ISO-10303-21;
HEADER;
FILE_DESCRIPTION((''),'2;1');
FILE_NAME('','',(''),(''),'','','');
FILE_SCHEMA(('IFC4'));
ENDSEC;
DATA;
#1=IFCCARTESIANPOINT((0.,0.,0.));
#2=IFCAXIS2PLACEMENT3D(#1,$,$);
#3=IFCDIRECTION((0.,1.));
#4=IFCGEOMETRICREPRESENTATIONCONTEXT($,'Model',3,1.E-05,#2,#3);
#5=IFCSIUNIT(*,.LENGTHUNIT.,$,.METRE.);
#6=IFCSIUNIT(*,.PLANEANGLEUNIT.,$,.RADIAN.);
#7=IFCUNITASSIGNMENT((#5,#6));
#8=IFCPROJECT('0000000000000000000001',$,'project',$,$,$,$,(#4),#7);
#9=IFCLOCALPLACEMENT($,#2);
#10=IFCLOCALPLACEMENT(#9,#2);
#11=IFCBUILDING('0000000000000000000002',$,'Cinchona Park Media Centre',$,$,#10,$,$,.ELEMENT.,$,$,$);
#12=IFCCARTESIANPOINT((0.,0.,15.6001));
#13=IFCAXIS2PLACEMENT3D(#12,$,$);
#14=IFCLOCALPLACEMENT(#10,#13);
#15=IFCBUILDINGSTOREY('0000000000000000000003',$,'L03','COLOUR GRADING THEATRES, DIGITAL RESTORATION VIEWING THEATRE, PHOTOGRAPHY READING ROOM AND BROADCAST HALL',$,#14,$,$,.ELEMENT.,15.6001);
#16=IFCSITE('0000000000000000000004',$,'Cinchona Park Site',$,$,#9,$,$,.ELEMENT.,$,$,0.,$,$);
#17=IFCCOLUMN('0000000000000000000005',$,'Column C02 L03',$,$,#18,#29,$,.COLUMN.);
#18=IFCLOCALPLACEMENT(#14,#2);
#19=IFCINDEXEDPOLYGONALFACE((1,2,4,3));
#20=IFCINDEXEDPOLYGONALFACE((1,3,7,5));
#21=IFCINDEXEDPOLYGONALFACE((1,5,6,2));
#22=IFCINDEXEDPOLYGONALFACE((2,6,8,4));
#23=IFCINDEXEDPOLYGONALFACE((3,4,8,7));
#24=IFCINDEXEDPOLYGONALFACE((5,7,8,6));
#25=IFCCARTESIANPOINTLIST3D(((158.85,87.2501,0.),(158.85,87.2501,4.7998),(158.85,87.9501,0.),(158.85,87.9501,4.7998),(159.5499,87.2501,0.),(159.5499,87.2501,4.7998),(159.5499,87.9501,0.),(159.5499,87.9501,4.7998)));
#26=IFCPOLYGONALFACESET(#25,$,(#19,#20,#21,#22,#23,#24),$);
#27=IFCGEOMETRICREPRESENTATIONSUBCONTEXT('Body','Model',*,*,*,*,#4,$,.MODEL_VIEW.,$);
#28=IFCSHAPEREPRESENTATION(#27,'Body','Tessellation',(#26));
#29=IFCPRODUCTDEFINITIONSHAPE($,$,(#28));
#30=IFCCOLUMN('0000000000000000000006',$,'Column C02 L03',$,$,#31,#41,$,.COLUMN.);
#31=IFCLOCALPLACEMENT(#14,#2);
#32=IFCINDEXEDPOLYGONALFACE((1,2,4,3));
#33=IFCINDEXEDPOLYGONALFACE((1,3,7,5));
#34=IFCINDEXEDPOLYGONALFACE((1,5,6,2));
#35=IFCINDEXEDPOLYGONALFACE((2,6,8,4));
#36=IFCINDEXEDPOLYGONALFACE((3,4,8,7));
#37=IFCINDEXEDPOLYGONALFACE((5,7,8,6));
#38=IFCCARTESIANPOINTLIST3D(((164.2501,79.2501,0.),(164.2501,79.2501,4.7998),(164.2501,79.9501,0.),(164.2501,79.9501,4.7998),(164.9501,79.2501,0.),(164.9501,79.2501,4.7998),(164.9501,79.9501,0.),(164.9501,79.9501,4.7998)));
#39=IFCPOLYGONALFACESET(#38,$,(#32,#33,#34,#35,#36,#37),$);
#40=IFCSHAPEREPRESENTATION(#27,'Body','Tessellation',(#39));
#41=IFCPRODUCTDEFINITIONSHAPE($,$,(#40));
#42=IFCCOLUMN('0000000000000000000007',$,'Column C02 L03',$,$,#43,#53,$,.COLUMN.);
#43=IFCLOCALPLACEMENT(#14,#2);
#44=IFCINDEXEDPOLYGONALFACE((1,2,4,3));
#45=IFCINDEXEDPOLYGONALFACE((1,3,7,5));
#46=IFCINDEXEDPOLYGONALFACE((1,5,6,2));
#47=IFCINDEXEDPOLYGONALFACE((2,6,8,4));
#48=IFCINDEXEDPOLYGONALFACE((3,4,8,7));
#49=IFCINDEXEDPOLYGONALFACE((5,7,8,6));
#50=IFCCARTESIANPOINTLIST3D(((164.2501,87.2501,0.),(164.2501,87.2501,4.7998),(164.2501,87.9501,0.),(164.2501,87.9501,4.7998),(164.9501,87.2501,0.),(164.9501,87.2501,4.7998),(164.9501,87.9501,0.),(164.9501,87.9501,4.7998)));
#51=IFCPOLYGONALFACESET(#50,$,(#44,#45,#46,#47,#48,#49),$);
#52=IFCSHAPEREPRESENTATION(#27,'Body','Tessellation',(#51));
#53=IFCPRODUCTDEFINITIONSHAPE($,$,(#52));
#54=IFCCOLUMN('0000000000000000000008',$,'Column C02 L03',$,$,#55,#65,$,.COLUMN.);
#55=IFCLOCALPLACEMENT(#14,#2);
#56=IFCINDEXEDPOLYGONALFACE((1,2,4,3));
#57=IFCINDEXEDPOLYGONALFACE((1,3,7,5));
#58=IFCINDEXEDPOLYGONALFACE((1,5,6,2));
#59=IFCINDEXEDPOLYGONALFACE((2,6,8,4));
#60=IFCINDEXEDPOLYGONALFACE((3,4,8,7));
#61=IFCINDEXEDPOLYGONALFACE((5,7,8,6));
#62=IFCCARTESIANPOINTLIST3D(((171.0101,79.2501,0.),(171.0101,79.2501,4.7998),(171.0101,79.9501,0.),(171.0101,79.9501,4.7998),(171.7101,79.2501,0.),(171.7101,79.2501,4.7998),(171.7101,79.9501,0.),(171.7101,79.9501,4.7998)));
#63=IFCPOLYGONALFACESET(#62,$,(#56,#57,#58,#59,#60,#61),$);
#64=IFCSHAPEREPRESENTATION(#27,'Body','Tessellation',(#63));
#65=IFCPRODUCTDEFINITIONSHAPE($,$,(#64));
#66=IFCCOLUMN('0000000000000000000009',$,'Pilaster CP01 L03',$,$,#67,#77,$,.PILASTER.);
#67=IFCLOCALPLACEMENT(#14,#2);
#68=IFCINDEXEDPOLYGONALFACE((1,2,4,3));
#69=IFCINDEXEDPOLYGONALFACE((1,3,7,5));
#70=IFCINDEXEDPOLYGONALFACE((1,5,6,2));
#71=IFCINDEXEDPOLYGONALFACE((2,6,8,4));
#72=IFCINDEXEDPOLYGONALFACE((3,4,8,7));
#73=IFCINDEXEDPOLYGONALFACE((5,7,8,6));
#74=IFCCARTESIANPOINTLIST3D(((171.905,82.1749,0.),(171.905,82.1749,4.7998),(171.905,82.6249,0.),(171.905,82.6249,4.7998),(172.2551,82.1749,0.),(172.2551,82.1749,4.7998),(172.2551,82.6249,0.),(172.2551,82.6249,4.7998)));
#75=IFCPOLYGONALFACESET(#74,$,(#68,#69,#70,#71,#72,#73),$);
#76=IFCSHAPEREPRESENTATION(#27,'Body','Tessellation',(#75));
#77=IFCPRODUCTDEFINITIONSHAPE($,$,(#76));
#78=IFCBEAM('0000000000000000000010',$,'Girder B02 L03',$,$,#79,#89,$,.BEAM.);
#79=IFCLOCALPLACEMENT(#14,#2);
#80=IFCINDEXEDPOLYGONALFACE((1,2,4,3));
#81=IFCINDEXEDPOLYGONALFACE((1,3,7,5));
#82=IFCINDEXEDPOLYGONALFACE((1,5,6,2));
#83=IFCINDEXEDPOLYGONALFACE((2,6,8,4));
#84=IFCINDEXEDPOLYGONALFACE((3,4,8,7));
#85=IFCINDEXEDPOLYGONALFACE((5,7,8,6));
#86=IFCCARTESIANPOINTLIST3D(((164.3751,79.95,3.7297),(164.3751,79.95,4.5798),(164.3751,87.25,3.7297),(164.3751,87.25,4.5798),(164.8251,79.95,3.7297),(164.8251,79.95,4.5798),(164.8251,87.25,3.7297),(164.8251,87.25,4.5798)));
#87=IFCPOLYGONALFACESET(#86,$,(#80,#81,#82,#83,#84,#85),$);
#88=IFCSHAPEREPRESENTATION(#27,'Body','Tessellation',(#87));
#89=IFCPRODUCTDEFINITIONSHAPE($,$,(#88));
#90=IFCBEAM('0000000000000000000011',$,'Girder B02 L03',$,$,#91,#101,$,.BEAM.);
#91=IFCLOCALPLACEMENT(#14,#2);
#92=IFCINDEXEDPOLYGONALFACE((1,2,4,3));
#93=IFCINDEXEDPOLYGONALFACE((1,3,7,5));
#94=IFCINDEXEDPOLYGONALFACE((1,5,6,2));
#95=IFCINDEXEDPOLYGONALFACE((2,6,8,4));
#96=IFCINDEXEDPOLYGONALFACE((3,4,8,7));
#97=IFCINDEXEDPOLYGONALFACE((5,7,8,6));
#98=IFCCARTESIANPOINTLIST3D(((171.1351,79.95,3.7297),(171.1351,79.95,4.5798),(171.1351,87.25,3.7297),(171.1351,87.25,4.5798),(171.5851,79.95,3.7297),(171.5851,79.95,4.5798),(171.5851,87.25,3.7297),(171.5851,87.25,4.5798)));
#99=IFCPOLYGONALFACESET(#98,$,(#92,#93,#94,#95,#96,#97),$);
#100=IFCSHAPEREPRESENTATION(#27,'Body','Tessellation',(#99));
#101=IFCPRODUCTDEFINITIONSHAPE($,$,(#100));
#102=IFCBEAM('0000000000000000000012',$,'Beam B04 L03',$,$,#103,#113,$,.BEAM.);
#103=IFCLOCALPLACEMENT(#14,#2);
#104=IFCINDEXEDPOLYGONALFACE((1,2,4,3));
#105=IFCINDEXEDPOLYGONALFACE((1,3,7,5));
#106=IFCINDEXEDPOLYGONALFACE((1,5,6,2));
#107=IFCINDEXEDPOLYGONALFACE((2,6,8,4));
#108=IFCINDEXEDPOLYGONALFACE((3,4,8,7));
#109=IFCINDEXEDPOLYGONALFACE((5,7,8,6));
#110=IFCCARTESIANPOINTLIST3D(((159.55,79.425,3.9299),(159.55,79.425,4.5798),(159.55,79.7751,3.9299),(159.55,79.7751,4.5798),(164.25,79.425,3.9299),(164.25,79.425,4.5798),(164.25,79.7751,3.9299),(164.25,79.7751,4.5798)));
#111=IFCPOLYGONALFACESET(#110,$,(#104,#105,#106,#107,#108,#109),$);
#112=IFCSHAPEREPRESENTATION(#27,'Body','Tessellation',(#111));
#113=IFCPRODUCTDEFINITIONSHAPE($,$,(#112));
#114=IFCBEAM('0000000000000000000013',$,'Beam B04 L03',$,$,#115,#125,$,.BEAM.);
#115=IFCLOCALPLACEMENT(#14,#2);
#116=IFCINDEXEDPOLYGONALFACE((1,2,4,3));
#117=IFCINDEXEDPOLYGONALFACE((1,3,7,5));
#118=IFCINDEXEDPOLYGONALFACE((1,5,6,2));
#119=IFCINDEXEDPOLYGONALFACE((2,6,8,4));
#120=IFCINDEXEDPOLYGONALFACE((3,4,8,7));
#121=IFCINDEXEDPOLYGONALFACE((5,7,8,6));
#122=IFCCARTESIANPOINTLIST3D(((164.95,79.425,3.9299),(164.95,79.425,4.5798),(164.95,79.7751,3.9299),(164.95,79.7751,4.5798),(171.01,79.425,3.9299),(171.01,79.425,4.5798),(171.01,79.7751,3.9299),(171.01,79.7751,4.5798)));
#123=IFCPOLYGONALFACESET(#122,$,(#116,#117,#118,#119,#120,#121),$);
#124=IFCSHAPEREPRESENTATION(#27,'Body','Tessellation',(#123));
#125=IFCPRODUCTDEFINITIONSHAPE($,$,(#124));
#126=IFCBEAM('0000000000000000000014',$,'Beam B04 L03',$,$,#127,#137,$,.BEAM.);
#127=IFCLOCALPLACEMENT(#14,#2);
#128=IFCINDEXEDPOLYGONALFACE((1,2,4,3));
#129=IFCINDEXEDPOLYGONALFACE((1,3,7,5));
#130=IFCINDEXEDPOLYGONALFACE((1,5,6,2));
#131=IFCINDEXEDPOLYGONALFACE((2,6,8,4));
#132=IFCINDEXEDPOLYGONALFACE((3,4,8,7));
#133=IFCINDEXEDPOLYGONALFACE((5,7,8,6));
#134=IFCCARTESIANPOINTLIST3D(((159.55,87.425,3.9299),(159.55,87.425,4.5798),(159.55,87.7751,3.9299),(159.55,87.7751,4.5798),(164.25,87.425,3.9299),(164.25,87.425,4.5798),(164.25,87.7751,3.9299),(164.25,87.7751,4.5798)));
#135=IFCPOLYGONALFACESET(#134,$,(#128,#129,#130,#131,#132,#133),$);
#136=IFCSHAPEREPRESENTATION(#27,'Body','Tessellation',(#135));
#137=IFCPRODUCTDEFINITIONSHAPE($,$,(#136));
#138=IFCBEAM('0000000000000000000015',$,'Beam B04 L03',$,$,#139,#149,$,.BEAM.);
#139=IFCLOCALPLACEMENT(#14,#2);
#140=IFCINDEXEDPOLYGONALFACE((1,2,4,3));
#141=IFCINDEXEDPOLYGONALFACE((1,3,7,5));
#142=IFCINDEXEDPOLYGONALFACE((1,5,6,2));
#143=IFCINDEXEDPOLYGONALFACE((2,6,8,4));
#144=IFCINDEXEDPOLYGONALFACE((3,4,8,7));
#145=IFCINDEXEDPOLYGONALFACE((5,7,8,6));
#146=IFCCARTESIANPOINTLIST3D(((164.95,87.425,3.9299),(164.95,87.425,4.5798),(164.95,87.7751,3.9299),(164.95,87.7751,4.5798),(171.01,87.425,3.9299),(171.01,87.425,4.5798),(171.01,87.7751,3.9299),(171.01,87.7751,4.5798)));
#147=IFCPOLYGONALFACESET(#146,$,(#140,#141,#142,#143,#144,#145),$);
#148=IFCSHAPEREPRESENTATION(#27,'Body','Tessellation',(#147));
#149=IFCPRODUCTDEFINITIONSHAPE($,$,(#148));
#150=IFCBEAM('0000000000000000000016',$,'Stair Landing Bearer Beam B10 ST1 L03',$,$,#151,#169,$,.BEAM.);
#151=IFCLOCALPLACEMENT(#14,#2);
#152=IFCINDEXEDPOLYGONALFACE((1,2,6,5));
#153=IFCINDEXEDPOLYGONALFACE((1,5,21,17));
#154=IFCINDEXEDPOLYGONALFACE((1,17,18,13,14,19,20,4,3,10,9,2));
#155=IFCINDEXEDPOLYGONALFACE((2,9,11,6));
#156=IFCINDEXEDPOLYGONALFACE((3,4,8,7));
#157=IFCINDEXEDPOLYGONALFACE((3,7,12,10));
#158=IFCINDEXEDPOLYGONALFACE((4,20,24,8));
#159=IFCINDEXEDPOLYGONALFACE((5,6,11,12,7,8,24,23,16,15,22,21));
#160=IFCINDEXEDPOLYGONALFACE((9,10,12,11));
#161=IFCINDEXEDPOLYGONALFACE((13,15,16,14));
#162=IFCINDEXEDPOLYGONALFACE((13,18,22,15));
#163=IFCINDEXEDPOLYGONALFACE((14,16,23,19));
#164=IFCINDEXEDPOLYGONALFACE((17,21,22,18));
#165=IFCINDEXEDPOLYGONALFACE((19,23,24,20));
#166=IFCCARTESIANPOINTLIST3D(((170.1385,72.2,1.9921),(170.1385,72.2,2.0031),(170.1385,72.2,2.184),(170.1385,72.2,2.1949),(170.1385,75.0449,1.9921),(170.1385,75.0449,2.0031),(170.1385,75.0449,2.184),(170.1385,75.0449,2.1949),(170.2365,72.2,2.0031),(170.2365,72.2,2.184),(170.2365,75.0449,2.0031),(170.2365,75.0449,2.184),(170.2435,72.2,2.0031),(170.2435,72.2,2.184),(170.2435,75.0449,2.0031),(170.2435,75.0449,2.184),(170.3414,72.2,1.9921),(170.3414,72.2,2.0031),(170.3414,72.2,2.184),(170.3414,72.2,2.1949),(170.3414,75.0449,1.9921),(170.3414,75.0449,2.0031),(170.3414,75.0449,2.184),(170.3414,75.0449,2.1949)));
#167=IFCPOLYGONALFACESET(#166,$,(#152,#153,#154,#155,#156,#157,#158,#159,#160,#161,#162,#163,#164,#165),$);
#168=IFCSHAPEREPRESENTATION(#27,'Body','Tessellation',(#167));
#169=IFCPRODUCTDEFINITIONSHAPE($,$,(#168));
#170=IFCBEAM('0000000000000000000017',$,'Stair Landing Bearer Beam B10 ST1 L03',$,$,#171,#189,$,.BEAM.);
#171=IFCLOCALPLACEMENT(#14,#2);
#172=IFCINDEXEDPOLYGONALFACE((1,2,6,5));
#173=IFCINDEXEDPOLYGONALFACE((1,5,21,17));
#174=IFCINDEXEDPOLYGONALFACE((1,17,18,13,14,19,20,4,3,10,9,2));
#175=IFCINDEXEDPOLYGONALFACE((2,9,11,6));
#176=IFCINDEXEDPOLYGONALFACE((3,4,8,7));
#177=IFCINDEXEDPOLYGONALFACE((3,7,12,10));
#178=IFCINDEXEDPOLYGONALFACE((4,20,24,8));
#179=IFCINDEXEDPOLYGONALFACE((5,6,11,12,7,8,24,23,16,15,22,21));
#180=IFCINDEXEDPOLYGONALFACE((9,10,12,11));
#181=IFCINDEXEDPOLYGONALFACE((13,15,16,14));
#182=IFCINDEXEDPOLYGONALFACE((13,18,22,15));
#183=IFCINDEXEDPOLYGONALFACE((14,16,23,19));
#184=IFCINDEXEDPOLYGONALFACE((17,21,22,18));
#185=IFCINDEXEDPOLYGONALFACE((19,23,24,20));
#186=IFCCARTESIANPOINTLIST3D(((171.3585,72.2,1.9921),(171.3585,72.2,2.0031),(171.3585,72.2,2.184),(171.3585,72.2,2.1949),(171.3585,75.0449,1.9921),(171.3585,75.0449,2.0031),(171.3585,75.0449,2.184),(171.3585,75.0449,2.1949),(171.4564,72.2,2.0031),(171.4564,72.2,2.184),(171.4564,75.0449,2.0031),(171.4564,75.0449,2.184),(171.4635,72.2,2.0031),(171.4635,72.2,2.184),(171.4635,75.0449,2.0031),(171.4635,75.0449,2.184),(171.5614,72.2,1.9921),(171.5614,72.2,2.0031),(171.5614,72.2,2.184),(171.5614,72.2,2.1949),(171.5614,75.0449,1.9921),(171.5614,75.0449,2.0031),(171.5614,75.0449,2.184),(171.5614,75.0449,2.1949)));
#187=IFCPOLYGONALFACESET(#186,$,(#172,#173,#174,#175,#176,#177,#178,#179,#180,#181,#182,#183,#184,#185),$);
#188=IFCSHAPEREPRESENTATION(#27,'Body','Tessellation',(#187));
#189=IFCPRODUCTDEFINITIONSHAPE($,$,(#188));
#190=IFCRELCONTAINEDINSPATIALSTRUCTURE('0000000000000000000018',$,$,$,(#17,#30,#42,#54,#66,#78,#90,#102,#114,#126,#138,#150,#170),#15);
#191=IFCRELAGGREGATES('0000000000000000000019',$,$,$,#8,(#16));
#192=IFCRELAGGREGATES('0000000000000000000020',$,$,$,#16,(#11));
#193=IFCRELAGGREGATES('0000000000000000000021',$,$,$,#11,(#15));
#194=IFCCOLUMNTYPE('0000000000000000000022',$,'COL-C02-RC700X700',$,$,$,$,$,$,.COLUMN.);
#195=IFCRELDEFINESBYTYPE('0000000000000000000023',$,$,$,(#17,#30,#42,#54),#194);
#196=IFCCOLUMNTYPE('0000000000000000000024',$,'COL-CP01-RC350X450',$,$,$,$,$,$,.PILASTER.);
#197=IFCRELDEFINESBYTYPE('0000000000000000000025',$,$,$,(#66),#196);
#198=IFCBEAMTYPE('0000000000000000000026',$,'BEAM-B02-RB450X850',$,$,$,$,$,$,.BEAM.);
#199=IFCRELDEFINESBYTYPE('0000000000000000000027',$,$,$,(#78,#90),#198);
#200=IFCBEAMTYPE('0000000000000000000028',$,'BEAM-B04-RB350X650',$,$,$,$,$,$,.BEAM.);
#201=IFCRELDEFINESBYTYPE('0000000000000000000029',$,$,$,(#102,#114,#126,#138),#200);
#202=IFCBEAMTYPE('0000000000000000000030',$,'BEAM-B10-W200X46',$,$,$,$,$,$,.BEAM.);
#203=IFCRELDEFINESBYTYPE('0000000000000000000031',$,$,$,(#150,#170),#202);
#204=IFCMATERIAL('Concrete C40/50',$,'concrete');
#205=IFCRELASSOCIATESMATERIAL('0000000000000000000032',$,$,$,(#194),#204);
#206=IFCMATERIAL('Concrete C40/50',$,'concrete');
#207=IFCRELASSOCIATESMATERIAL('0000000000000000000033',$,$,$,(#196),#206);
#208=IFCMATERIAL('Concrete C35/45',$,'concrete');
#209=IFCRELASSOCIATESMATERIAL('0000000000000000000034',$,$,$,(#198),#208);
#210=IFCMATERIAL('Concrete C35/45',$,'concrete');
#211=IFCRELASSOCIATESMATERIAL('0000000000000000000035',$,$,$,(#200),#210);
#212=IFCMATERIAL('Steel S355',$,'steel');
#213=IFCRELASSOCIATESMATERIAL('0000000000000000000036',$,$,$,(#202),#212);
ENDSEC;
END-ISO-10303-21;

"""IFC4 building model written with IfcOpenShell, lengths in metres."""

from ifc_helpers import new_model, si_unit, direction, frame, origin, origin_2d, place, context, subcontext, project, spatial, rectangle, i_section, extrude, material, material_profile, profile_set, type_object, element, save


model = new_model("IFC4")

# Units and contexts
model_context = context("Model", 3, precision=1e-05, world=origin(), true_north=direction((0.0, 1.0)))
body_context = subcontext(model_context, "Body", "Model", "MODEL_VIEW")
ifc_project = project(units=[si_unit("LENGTHUNIT", "METRE"), si_unit("PLANEANGLEUNIT", "RADIAN")], contexts=[model_context])

# Site, building, storey
site_placement = place(None, origin())
site = spatial("IfcSite", under=ifc_project, at=site_placement, Name="Cinchona Park Site", CompositionType="ELEMENT", RefElevation=0.0)
building_placement = place(site_placement, origin())
building = spatial("IfcBuilding", under=site, at=building_placement, Name="Cinchona Park Media Centre", CompositionType="ELEMENT")
storey_placement = place(building_placement, frame((0.0, 0.0, 15.6001)))
storey = spatial("IfcBuildingStorey", under=building, at=storey_placement, Name="L03", Description="COLOUR GRADING THEATRES, DIGITAL RESTORATION VIEWING THEATRE, PHOTOGRAPHY READING ROOM AND BROADCAST HALL", CompositionType="ELEMENT", Elevation=15.6001)

# Columns
ifc_material_1 = material(Name="Concrete C40/50", Category="concrete")
ifc_material_profile_1 = material_profile(ifc_material_1, rectangle(XDim=0.7, YDim=0.7, at=origin_2d()), Name="RC 700X700")
ifc_profile_set_1 = profile_set([ifc_material_profile_1], Name="Concrete C40/50")
column_type_1 = type_object("IfcColumnType", Name="COL-C02-RC700X700", PredefinedType="COLUMN", material=ifc_profile_set_1)
for number, where, z_axis, x_axis, name in (
    (1, (159.2, 87.6001, 0.0), (0.0, 0.0, 1.0), (1.0, 0.0, 0.0), "Column C02 L03"),
    (2, (164.6001, 79.6001, 0.0), (0.0, 0.0, 1.0), (1.0, 0.0, 0.0), "Column C02 L03"),
    (3, (164.6001, 87.6001, 0.0), (0.0, 0.0, 1.0), (1.0, 0.0, 0.0), "Column C02 L03"),
    (4, (171.3601, 79.6001, 0.0), (0.0, 0.0, 1.0), (1.0, 0.0, 0.0), "Column C02 L03"),
):
    element("IfcColumn", number, at=place(storey_placement, frame(where, z_axis=z_axis, x_axis=x_axis)), inside=storey, type_object=column_type_1, Name=name, PredefinedType="COLUMN", context=body_context, shape_type="SweptSolid", body=[
        extrude(rectangle(XDim=0.7, YDim=0.7, at=origin_2d()), origin(), (0.0, 0.0, 1.0), 4.7998),
    ])
ifc_material_2 = material(Name="Concrete C40/50", Category="concrete")
ifc_material_profile_2 = material_profile(ifc_material_2, rectangle(XDim=0.3501, YDim=0.45, at=origin_2d()), Name="RC 350X450")
ifc_profile_set_2 = profile_set([ifc_material_profile_2], Name="Concrete C40/50")
column_type_2 = type_object("IfcColumnType", Name="COL-CP01-RC350X450", PredefinedType="PILASTER", material=ifc_profile_set_2)
column_placement = place(storey_placement, frame((172.0801, 82.3999, 0.0), z_axis=(0.0, 0.0, 1.0), x_axis=(1.0, 0.0, 0.0)))
element("IfcColumn", 5, at=column_placement, inside=storey, type_object=column_type_2, Name="Pilaster CP01 L03", PredefinedType="PILASTER", context=body_context, shape_type="SweptSolid", body=[
    extrude(rectangle(XDim=0.3501, YDim=0.45, at=origin_2d()), origin(), (0.0, 0.0, 1.0), 4.7998),
])

# Beams
ifc_material_3 = material(Name="Concrete C35/45", Category="concrete")
ifc_material_profile_3 = material_profile(ifc_material_3, rectangle(XDim=0.45, YDim=0.8501, at=origin_2d()), Name="RB 450X850")
ifc_profile_set_3 = profile_set([ifc_material_profile_3], Name="Concrete C35/45")
beam_type_1 = type_object("IfcBeamType", Name="BEAM-B02-RB450X850", PredefinedType="BEAM", material=ifc_profile_set_3)
for number, where, z_axis, x_axis, name in (
    (6, (164.6001, 79.95, 4.1548), (0.0, 1.0, 0.0), (-1.0, 0.0, 0.0), "Girder B02 L03"),
    (7, (171.3601, 79.95, 4.1548), (0.0, 1.0, 0.0), (-1.0, 0.0, 0.0), "Girder B02 L03"),
):
    element("IfcBeam", number, at=place(storey_placement, frame(where, z_axis=z_axis, x_axis=x_axis)), inside=storey, type_object=beam_type_1, Name=name, PredefinedType="BEAM", context=body_context, shape_type="SweptSolid", body=[
        extrude(rectangle(XDim=0.45, YDim=0.8501, at=origin_2d()), origin(), (0.0, 0.0, 1.0), 7.3),
    ])
ifc_material_4 = material(Name="Concrete C35/45", Category="concrete")
ifc_material_profile_4 = material_profile(ifc_material_4, rectangle(XDim=0.3501, YDim=0.6499, at=origin_2d()), Name="RB 350X650")
ifc_profile_set_4 = profile_set([ifc_material_profile_4], Name="Concrete C35/45")
beam_type_2 = type_object("IfcBeamType", Name="BEAM-B04-RB350X650", PredefinedType="BEAM", material=ifc_profile_set_4)
beam_1_placement = place(storey_placement, frame((159.55, 79.6001, 4.2549), z_axis=(1.0, 0.0, 0.0), x_axis=(0.0, 1.0, 0.0)))
element("IfcBeam", 8, at=beam_1_placement, inside=storey, type_object=beam_type_2, Name="Beam B04 L03", PredefinedType="BEAM", context=body_context, shape_type="SweptSolid", body=[
    extrude(rectangle(XDim=0.3501, YDim=0.6499, at=origin_2d()), origin(), (0.0, 0.0, 1.0), 4.7),
])
beam_2_placement = place(storey_placement, frame((164.95, 79.6001, 4.2549), z_axis=(1.0, 0.0, 0.0), x_axis=(0.0, 1.0, 0.0)))
element("IfcBeam", 9, at=beam_2_placement, inside=storey, type_object=beam_type_2, Name="Beam B04 L03", PredefinedType="BEAM", context=body_context, shape_type="SweptSolid", body=[
    extrude(rectangle(XDim=0.3501, YDim=0.6499, at=origin_2d()), origin(), (0.0, 0.0, 1.0), 6.0601),
])
beam_3_placement = place(storey_placement, frame((159.55, 87.6001, 4.2549), z_axis=(1.0, 0.0, 0.0), x_axis=(0.0, 1.0, 0.0)))
element("IfcBeam", 10, at=beam_3_placement, inside=storey, type_object=beam_type_2, Name="Beam B04 L03", PredefinedType="BEAM", context=body_context, shape_type="SweptSolid", body=[
    extrude(rectangle(XDim=0.3501, YDim=0.6499, at=origin_2d()), origin(), (0.0, 0.0, 1.0), 4.7),
])
beam_4_placement = place(storey_placement, frame((164.95, 87.6001, 4.2549), z_axis=(1.0, 0.0, 0.0), x_axis=(0.0, 1.0, 0.0)))
element("IfcBeam", 11, at=beam_4_placement, inside=storey, type_object=beam_type_2, Name="Beam B04 L03", PredefinedType="BEAM", context=body_context, shape_type="SweptSolid", body=[
    extrude(rectangle(XDim=0.3501, YDim=0.6499, at=origin_2d()), origin(), (0.0, 0.0, 1.0), 6.0601),
])
ifc_material_5 = material(Name="Steel S355", Category="steel")
ifc_material_profile_5 = material_profile(ifc_material_5, i_section(OverallWidth=0.2029, OverallDepth=0.2029, WebThickness=0.0071, FlangeThickness=0.011, at=origin_2d()), Name="W200X46")
ifc_profile_set_5 = profile_set([ifc_material_profile_5], Name="Steel S355")
beam_type_3 = type_object("IfcBeamType", Name="BEAM-B10-W200X46", PredefinedType="BEAM", material=ifc_profile_set_5)
for number, where, z_axis, x_axis, name in (
    (12, (170.24, 75.0449, 2.0935), (0.0, -1.0, 0.0), (1.0, 0.0, 0.0), "Stair Landing Bearer Beam B10 ST1 L03"),
    (13, (171.46, 75.0449, 2.0935), (0.0, -1.0, 0.0), (1.0, 0.0, 0.0), "Stair Landing Bearer Beam B10 ST1 L03"),
):
    element("IfcBeam", number, at=place(storey_placement, frame(where, z_axis=z_axis, x_axis=x_axis)), inside=storey, type_object=beam_type_3, Name=name, PredefinedType="BEAM", context=body_context, shape_type="SweptSolid", body=[
        extrude(i_section(OverallWidth=0.2029, OverallDepth=0.2029, WebThickness=0.0071, FlangeThickness=0.011, at=origin_2d()), origin(), (0.0, 0.0, 1.0), 2.845),
    ])

save(model, "model.ifc")
